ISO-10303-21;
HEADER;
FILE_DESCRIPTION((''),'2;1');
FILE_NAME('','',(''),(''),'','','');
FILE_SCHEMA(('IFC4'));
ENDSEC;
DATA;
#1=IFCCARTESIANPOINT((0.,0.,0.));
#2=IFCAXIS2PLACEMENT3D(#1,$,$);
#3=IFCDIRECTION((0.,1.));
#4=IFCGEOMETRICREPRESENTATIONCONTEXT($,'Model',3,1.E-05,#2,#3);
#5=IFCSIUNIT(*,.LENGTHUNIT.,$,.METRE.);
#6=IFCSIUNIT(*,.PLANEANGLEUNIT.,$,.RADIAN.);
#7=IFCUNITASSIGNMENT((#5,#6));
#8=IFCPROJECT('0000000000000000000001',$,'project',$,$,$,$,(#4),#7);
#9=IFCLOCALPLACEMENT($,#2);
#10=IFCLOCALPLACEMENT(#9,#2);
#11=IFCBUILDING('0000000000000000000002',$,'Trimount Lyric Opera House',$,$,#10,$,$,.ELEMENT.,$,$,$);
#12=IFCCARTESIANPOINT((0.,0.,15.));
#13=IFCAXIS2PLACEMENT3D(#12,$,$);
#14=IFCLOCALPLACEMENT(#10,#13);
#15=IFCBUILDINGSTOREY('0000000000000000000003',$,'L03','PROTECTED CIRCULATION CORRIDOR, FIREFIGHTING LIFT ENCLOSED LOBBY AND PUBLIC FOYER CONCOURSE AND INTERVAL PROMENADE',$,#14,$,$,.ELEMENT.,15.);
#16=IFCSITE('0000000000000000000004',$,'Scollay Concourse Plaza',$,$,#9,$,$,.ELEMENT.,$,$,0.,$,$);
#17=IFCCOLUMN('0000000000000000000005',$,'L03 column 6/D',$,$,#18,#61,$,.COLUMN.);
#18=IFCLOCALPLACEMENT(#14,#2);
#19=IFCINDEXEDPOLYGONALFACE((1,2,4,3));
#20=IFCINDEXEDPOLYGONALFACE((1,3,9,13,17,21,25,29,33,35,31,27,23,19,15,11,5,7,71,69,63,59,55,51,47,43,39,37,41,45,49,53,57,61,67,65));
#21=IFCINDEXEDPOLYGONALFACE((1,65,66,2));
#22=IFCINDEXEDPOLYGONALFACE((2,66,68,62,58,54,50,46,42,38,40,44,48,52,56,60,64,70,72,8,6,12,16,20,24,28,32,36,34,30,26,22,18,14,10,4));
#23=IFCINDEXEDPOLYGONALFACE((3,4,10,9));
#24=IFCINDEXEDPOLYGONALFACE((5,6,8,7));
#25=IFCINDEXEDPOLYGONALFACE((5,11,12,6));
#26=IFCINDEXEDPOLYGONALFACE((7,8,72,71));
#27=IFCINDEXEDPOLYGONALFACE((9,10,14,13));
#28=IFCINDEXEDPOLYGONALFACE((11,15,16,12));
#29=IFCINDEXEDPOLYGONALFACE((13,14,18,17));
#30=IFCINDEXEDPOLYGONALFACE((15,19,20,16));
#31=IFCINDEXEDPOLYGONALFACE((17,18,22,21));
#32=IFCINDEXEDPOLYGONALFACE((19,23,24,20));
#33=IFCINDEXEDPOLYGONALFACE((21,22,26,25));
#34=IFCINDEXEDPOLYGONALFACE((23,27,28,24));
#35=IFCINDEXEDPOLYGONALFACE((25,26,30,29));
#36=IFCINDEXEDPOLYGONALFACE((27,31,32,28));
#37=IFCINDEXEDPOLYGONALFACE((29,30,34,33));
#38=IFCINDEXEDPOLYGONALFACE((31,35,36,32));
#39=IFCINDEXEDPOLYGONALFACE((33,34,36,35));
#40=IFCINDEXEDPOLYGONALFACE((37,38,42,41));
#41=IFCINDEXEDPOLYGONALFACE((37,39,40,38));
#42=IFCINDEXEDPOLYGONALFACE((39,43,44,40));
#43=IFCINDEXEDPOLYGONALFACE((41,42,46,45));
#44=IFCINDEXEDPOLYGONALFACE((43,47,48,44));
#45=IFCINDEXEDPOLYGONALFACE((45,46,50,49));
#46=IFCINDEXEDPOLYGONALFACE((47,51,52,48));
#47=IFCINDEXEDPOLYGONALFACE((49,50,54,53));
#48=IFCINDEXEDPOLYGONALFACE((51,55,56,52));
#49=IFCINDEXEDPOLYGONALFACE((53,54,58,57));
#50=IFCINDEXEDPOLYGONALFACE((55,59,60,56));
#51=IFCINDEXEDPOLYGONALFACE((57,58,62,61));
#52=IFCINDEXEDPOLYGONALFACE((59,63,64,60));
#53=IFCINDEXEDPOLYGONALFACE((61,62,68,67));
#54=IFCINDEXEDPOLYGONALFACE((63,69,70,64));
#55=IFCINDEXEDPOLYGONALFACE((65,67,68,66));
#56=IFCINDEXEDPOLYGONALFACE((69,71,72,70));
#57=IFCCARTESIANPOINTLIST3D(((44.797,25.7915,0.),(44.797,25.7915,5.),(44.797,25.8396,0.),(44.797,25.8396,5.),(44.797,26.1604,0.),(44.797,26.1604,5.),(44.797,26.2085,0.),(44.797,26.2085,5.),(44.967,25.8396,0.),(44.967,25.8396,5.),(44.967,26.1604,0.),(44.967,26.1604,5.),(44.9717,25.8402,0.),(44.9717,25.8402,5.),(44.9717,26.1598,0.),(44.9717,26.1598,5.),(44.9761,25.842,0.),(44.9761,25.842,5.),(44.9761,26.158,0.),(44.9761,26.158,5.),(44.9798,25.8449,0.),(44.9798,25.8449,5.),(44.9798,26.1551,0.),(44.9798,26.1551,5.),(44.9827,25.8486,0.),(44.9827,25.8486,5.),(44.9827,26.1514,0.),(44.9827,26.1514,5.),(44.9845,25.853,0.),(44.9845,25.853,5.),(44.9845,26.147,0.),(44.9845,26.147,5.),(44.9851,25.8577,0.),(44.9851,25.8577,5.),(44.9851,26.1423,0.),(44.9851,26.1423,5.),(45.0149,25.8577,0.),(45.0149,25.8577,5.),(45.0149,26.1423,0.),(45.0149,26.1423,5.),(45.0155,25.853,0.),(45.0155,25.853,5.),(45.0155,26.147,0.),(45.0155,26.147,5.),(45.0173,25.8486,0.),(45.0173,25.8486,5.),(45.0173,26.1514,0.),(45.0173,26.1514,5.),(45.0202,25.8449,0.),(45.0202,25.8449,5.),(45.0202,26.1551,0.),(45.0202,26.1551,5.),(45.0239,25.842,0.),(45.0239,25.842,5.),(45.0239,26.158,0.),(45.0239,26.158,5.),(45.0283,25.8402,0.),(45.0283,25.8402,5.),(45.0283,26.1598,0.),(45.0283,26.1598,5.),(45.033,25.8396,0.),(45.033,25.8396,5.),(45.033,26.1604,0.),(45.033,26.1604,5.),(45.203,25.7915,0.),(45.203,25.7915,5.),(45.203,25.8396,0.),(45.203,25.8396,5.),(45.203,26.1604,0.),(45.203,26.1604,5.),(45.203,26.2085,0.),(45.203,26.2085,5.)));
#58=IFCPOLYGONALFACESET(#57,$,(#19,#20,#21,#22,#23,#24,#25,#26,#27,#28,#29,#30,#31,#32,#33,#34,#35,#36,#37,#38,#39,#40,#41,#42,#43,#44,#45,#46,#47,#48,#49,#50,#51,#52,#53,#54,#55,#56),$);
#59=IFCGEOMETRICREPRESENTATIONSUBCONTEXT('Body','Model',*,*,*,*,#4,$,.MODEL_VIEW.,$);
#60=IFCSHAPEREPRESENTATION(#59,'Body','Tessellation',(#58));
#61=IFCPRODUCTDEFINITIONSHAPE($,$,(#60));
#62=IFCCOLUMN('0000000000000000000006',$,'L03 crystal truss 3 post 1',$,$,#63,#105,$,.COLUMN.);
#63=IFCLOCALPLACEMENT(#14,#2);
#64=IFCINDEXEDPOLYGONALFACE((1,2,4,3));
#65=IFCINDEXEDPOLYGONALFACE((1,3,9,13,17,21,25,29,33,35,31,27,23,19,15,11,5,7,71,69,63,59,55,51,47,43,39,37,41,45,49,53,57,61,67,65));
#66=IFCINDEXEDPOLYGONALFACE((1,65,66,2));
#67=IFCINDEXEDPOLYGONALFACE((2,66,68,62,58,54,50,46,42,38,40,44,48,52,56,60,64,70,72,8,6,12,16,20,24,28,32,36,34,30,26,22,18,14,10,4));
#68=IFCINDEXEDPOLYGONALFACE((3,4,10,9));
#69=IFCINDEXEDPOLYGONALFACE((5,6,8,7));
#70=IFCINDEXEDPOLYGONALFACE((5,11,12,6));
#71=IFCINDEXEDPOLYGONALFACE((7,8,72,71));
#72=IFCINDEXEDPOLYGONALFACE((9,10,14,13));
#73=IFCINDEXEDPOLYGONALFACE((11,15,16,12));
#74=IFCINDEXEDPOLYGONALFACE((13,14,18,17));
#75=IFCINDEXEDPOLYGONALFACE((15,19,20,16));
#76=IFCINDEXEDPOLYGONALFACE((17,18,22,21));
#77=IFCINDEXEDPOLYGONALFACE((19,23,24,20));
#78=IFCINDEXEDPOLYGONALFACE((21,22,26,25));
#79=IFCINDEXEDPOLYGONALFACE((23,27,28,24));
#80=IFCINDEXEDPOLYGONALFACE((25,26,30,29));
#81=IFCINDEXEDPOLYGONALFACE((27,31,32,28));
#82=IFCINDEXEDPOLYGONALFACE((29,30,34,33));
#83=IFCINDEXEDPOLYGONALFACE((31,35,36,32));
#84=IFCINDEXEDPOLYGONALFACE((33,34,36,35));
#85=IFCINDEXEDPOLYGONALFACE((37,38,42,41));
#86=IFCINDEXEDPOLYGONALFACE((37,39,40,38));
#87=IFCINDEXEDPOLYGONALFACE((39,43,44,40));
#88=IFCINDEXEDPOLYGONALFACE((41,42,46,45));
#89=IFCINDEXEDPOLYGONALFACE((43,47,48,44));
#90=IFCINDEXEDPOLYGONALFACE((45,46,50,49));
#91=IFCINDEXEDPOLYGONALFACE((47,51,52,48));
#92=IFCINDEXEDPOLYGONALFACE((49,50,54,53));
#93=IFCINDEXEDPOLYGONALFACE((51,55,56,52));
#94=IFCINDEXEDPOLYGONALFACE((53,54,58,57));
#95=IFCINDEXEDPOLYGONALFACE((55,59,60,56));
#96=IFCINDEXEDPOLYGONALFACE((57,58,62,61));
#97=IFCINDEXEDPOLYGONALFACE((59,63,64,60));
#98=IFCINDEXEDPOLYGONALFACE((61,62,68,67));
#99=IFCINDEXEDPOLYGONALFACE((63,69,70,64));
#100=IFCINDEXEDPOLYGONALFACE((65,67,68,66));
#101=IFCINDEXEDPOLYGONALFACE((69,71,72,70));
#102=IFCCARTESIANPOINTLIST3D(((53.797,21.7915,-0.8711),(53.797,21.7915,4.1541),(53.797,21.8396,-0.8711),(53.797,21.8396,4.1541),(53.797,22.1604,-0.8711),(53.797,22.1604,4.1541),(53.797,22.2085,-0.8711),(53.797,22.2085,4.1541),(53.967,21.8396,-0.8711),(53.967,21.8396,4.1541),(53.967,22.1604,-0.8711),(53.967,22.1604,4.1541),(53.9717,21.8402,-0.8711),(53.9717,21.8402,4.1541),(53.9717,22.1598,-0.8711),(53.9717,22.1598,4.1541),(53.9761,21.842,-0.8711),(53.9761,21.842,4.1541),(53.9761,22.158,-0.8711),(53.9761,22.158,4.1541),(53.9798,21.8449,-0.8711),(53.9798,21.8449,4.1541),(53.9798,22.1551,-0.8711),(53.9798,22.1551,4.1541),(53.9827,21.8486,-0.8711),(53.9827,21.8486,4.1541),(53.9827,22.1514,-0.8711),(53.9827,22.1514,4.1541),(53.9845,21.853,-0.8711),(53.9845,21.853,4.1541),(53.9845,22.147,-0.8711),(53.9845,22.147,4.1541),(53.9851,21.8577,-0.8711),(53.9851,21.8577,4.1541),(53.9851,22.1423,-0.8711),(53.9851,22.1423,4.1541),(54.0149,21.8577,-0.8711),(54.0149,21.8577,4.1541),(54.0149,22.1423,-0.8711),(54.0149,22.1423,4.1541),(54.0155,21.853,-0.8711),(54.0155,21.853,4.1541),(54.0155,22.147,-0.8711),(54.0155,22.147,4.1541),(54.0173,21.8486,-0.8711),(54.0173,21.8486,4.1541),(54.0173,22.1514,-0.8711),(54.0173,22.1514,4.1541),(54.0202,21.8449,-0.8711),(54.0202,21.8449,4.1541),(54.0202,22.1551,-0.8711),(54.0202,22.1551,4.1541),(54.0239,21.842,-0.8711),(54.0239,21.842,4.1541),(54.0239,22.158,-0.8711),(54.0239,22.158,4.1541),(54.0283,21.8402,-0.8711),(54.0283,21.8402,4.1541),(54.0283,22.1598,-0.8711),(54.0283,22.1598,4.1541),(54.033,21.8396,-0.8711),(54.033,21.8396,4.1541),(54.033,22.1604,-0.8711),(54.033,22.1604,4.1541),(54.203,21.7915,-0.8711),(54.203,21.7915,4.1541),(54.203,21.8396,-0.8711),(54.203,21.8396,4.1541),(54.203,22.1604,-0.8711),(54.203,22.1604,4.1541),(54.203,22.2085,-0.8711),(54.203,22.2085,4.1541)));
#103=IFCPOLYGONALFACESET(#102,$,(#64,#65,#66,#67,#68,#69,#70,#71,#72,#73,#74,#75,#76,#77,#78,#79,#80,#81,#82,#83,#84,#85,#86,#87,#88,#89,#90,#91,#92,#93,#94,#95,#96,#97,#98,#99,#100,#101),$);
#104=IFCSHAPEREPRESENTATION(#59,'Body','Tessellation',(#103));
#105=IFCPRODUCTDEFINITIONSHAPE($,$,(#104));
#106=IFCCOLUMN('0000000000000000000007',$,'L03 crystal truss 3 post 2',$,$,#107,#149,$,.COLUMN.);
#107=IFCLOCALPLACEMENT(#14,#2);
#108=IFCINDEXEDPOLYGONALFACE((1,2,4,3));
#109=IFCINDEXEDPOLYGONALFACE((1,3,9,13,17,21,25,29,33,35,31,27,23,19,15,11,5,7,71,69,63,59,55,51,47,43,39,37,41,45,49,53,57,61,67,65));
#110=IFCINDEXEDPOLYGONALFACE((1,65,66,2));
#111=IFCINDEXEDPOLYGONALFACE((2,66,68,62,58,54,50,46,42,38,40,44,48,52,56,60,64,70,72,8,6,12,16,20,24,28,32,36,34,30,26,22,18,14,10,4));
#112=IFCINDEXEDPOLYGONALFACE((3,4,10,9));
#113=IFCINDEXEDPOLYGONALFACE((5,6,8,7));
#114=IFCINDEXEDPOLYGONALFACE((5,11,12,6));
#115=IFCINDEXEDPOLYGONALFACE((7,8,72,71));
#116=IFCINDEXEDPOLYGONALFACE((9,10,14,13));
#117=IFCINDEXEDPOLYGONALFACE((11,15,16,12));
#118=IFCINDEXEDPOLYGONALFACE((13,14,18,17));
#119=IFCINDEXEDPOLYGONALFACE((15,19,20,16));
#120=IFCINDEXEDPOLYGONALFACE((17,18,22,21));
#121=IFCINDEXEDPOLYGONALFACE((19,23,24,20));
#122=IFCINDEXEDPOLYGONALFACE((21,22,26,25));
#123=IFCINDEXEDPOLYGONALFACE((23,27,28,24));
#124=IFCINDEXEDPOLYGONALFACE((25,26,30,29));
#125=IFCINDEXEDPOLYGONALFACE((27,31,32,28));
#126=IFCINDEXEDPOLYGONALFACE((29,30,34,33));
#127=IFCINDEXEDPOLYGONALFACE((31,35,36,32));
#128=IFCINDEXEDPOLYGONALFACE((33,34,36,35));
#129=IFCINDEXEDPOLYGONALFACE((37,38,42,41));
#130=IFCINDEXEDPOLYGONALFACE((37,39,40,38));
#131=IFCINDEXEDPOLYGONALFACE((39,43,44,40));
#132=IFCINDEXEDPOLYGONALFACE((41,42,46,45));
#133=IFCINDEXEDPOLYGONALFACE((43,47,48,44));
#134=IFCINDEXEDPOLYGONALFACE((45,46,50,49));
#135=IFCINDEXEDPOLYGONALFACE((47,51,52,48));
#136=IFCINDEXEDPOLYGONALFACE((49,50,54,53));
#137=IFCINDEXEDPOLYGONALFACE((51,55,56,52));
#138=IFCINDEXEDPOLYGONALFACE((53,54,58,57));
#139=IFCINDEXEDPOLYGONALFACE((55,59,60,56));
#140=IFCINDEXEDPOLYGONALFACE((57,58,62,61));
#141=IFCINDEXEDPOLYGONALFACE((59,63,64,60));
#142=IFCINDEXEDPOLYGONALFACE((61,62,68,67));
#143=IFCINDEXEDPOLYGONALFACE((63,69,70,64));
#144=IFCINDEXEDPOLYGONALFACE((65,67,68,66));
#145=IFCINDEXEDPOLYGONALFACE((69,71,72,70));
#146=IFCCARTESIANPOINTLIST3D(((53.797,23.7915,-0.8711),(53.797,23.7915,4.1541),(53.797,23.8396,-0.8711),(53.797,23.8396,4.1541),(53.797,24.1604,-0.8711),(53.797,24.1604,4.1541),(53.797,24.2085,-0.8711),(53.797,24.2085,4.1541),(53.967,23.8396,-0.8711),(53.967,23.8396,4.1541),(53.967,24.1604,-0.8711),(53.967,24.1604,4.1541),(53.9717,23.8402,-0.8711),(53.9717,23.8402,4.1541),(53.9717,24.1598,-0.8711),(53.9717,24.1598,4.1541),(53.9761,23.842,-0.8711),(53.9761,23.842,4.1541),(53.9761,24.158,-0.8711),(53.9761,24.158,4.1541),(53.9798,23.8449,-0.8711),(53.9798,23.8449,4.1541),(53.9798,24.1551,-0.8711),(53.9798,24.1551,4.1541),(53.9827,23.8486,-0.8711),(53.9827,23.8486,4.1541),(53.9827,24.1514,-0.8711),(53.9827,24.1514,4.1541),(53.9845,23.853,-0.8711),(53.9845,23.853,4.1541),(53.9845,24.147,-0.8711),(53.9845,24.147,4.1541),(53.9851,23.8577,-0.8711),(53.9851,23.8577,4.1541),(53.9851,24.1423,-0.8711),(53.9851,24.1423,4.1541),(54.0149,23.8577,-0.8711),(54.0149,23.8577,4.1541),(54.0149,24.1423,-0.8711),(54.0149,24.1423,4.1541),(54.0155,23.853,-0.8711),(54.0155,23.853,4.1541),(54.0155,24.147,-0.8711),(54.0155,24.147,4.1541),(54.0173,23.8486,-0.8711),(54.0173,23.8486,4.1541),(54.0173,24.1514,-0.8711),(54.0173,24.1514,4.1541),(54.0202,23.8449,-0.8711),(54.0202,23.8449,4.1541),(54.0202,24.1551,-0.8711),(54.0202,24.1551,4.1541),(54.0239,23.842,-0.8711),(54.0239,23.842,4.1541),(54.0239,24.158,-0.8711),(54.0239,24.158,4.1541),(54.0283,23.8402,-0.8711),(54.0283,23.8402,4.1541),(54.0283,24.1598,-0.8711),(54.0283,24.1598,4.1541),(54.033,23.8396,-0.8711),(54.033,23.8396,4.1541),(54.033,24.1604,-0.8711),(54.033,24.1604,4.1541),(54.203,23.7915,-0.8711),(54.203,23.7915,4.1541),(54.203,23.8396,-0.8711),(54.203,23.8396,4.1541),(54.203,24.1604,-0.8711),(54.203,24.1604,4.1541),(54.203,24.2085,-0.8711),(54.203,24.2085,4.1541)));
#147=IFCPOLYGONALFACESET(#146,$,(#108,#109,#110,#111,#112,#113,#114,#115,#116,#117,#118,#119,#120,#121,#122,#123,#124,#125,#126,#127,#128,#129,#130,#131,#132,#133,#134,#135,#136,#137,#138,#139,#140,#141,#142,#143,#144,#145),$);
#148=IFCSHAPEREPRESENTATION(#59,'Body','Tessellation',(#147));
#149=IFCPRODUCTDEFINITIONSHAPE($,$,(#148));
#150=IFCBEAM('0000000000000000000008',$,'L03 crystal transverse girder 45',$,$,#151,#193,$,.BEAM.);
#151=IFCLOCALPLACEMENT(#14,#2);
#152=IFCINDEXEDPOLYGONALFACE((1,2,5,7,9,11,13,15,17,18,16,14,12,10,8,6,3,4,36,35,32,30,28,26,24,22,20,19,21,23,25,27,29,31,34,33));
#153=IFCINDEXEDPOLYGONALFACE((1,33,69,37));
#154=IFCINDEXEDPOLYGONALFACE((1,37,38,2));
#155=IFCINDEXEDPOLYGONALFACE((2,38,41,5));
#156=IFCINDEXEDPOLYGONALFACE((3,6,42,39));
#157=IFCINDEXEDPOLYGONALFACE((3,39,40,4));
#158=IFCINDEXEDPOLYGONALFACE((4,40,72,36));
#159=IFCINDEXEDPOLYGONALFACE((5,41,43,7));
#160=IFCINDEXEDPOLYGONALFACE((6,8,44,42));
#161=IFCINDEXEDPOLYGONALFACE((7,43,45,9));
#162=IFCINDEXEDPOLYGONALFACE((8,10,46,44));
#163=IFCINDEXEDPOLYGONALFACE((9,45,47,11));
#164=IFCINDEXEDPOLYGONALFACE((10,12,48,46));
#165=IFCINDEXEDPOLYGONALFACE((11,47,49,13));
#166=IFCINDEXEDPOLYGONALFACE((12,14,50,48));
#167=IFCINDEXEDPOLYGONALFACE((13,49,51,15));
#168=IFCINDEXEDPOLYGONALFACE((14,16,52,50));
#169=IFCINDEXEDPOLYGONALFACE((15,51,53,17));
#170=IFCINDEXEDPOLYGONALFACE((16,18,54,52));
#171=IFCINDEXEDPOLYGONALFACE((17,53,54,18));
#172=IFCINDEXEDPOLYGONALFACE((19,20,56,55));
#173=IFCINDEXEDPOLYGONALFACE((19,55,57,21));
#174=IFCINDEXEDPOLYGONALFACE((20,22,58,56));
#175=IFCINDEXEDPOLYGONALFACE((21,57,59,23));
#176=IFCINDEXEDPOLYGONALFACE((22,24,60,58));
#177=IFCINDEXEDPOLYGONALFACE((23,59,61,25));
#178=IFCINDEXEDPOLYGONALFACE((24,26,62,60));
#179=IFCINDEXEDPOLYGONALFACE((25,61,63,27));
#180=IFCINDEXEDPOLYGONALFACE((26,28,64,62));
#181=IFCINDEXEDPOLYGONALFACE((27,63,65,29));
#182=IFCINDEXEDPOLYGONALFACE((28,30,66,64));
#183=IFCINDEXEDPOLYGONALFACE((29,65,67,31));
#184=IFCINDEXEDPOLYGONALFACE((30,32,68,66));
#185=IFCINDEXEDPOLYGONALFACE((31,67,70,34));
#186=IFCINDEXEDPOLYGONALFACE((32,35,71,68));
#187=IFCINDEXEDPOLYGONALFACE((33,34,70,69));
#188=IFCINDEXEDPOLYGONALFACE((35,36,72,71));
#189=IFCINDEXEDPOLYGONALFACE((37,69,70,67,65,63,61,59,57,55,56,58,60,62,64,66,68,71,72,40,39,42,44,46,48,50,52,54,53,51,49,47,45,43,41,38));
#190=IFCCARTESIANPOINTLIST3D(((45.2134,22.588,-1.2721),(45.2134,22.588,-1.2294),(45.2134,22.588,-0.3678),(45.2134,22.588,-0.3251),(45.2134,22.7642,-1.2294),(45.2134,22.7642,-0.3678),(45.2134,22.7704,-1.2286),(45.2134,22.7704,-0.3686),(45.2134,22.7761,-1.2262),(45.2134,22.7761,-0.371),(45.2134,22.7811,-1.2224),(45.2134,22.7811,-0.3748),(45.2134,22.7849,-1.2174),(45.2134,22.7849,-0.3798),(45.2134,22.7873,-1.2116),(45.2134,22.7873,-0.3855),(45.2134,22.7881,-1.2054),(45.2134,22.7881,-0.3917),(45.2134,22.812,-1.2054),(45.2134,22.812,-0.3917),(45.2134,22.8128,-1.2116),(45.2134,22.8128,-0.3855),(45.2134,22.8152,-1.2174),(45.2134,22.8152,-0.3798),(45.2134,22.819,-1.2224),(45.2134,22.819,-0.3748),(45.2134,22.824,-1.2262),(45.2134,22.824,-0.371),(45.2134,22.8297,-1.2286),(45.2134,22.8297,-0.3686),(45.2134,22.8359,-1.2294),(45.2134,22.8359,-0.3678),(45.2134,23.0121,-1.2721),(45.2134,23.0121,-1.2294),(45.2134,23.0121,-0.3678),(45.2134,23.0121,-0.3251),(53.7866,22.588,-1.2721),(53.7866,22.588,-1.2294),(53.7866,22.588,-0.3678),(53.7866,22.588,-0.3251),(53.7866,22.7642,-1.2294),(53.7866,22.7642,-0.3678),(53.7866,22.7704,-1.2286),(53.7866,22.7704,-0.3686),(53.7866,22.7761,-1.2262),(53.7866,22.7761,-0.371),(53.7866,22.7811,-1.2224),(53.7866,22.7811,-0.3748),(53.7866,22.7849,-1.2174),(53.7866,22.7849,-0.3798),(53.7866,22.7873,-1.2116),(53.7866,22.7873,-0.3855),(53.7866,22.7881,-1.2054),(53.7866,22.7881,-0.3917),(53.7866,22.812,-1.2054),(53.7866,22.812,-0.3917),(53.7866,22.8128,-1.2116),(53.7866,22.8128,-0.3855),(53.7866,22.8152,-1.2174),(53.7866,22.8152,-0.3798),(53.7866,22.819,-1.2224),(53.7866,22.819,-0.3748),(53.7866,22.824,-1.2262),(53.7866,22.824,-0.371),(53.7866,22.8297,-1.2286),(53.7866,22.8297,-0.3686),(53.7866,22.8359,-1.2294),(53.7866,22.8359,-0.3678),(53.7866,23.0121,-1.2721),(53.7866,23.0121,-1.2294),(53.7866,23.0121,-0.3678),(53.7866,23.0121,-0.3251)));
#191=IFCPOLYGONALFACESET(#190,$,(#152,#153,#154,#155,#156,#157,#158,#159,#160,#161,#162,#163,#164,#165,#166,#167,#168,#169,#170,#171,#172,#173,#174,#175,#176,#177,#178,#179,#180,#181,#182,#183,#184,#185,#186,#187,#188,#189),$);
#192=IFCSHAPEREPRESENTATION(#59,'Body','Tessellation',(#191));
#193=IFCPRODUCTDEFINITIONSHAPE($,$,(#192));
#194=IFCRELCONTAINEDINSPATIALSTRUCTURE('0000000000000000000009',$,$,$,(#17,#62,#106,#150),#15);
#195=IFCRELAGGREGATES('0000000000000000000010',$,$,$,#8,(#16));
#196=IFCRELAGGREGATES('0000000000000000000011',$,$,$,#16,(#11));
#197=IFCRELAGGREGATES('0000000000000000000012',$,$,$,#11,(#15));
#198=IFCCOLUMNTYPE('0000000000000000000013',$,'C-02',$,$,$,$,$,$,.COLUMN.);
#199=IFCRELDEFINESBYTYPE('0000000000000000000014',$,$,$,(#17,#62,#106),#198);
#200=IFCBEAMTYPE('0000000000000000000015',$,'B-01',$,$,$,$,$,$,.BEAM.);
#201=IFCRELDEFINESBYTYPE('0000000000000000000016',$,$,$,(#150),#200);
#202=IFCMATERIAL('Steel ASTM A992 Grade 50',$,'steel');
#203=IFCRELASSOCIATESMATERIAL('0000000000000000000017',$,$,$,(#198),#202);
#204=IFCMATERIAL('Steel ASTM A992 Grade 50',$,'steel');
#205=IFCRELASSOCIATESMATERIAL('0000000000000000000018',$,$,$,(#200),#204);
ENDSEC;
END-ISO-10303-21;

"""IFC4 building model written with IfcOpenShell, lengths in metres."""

from ifc_helpers import new_model, si_unit, direction, frame, origin, origin_2d, place, context, subcontext, project, spatial, i_section, extrude, material, material_profile, profile_set, type_object, element, save


model = new_model("IFC4")

# Units and contexts
model_context = context("Model", 3, precision=1e-05, world=origin(), true_north=direction((0.0, 1.0)))
body_context = subcontext(model_context, "Body", "Model", "MODEL_VIEW")
ifc_project = project(units=[si_unit("LENGTHUNIT", "METRE"), si_unit("PLANEANGLEUNIT", "RADIAN")], contexts=[model_context])

# Site, building, storey
site_placement = place(None, origin())
site = spatial("IfcSite", under=ifc_project, at=site_placement, Name="Scollay Concourse Plaza", CompositionType="ELEMENT", RefElevation=0.0)
building_placement = place(site_placement, origin())
building = spatial("IfcBuilding", under=site, at=building_placement, Name="Trimount Lyric Opera House", CompositionType="ELEMENT")
storey_placement = place(building_placement, frame((0.0, 0.0, 15.0)))
storey = spatial("IfcBuildingStorey", under=building, at=storey_placement, Name="L03", Description="PROTECTED CIRCULATION CORRIDOR, FIREFIGHTING LIFT ENCLOSED LOBBY AND PUBLIC FOYER CONCOURSE AND INTERVAL PROMENADE", CompositionType="ELEMENT", Elevation=15.0)

# Columns
ifc_material_1 = material(Name="Steel ASTM A992 Grade 50", Category="steel")
ifc_material_profile_1 = material_profile(ifc_material_1, i_section(OverallWidth=0.406, OverallDepth=0.417, WebThickness=0.0298, FlangeThickness=0.0481, FilletRadius=0.0181, at=origin_2d()), Name="W14X257")
ifc_profile_set_1 = profile_set([ifc_material_profile_1], Name="Steel ASTM A992 Grade 50")
column_type = type_object("IfcColumnType", Name="C-02", PredefinedType="COLUMN", material=ifc_profile_set_1)
column_placement = place(storey_placement, frame((45.0, 26.0, 0.0), z_axis=(0.0, 0.0, 1.0), x_axis=(1.0, 0.0, 0.0)))
element("IfcColumn", 1, at=column_placement, inside=storey, type_object=column_type, Name="L03 column 6/D", PredefinedType="COLUMN", context=body_context, shape_type="SweptSolid", body=[
    extrude(i_section(OverallWidth=0.406, OverallDepth=0.417, WebThickness=0.0298, FlangeThickness=0.0481, FilletRadius=0.0181, at=origin_2d()), origin(), (0.0, 0.0, 1.0), 5.0),
])
for number, where, z_axis, x_axis, name in (
    (2, (54.0, 22.0, -0.8711), (0.0, 0.0, 1.0), (1.0, 0.0, 0.0), "L03 crystal truss 3 post 1"),
    (3, (54.0, 24.0, -0.8711), (0.0, 0.0, 1.0), (1.0, 0.0, 0.0), "L03 crystal truss 3 post 2"),
):
    element("IfcColumn", number, at=place(storey_placement, frame(where, z_axis=z_axis, x_axis=x_axis)), inside=storey, type_object=column_type, Name=name, PredefinedType="COLUMN", context=body_context, shape_type="SweptSolid", body=[
        extrude(i_section(OverallWidth=0.406, OverallDepth=0.417, WebThickness=0.0298, FlangeThickness=0.0481, FilletRadius=0.0181, at=origin_2d()), origin(), (0.0, 0.0, 1.0), 5.0251),
    ])

# Beam
ifc_material_2 = material(Name="Steel ASTM A992 Grade 50", Category="steel")
ifc_material_profile_2 = material_profile(ifc_material_2, i_section(OverallWidth=0.4241, OverallDepth=0.947, WebThickness=0.0239, FlangeThickness=0.0427, FilletRadius=0.0239, at=origin_2d()), Name="W36X302")
ifc_profile_set_2 = profile_set([ifc_material_profile_2], Name="Steel ASTM A992 Grade 50")
beam_type_1 = type_object("IfcBeamType", Name="B-01", PredefinedType="BEAM", material=ifc_profile_set_2)
beam_1_placement = place(storey_placement, frame((45.2134, 22.8, -0.7986), z_axis=(1.0, 0.0, 0.0), x_axis=(0.0, 1.0, 0.0)))
element("IfcBeam", 4, at=beam_1_placement, inside=storey, type_object=beam_type_1, Name="L03 crystal transverse girder 45", PredefinedType="BEAM", context=body_context, shape_type="SweptSolid", body=[
    extrude(i_section(OverallWidth=0.4241, OverallDepth=0.947, WebThickness=0.0239, FlangeThickness=0.0427, FilletRadius=0.0239, at=origin_2d()), origin(), (0.0, 0.0, 1.0), 8.5732),
])

save(model, "model.ifc")
